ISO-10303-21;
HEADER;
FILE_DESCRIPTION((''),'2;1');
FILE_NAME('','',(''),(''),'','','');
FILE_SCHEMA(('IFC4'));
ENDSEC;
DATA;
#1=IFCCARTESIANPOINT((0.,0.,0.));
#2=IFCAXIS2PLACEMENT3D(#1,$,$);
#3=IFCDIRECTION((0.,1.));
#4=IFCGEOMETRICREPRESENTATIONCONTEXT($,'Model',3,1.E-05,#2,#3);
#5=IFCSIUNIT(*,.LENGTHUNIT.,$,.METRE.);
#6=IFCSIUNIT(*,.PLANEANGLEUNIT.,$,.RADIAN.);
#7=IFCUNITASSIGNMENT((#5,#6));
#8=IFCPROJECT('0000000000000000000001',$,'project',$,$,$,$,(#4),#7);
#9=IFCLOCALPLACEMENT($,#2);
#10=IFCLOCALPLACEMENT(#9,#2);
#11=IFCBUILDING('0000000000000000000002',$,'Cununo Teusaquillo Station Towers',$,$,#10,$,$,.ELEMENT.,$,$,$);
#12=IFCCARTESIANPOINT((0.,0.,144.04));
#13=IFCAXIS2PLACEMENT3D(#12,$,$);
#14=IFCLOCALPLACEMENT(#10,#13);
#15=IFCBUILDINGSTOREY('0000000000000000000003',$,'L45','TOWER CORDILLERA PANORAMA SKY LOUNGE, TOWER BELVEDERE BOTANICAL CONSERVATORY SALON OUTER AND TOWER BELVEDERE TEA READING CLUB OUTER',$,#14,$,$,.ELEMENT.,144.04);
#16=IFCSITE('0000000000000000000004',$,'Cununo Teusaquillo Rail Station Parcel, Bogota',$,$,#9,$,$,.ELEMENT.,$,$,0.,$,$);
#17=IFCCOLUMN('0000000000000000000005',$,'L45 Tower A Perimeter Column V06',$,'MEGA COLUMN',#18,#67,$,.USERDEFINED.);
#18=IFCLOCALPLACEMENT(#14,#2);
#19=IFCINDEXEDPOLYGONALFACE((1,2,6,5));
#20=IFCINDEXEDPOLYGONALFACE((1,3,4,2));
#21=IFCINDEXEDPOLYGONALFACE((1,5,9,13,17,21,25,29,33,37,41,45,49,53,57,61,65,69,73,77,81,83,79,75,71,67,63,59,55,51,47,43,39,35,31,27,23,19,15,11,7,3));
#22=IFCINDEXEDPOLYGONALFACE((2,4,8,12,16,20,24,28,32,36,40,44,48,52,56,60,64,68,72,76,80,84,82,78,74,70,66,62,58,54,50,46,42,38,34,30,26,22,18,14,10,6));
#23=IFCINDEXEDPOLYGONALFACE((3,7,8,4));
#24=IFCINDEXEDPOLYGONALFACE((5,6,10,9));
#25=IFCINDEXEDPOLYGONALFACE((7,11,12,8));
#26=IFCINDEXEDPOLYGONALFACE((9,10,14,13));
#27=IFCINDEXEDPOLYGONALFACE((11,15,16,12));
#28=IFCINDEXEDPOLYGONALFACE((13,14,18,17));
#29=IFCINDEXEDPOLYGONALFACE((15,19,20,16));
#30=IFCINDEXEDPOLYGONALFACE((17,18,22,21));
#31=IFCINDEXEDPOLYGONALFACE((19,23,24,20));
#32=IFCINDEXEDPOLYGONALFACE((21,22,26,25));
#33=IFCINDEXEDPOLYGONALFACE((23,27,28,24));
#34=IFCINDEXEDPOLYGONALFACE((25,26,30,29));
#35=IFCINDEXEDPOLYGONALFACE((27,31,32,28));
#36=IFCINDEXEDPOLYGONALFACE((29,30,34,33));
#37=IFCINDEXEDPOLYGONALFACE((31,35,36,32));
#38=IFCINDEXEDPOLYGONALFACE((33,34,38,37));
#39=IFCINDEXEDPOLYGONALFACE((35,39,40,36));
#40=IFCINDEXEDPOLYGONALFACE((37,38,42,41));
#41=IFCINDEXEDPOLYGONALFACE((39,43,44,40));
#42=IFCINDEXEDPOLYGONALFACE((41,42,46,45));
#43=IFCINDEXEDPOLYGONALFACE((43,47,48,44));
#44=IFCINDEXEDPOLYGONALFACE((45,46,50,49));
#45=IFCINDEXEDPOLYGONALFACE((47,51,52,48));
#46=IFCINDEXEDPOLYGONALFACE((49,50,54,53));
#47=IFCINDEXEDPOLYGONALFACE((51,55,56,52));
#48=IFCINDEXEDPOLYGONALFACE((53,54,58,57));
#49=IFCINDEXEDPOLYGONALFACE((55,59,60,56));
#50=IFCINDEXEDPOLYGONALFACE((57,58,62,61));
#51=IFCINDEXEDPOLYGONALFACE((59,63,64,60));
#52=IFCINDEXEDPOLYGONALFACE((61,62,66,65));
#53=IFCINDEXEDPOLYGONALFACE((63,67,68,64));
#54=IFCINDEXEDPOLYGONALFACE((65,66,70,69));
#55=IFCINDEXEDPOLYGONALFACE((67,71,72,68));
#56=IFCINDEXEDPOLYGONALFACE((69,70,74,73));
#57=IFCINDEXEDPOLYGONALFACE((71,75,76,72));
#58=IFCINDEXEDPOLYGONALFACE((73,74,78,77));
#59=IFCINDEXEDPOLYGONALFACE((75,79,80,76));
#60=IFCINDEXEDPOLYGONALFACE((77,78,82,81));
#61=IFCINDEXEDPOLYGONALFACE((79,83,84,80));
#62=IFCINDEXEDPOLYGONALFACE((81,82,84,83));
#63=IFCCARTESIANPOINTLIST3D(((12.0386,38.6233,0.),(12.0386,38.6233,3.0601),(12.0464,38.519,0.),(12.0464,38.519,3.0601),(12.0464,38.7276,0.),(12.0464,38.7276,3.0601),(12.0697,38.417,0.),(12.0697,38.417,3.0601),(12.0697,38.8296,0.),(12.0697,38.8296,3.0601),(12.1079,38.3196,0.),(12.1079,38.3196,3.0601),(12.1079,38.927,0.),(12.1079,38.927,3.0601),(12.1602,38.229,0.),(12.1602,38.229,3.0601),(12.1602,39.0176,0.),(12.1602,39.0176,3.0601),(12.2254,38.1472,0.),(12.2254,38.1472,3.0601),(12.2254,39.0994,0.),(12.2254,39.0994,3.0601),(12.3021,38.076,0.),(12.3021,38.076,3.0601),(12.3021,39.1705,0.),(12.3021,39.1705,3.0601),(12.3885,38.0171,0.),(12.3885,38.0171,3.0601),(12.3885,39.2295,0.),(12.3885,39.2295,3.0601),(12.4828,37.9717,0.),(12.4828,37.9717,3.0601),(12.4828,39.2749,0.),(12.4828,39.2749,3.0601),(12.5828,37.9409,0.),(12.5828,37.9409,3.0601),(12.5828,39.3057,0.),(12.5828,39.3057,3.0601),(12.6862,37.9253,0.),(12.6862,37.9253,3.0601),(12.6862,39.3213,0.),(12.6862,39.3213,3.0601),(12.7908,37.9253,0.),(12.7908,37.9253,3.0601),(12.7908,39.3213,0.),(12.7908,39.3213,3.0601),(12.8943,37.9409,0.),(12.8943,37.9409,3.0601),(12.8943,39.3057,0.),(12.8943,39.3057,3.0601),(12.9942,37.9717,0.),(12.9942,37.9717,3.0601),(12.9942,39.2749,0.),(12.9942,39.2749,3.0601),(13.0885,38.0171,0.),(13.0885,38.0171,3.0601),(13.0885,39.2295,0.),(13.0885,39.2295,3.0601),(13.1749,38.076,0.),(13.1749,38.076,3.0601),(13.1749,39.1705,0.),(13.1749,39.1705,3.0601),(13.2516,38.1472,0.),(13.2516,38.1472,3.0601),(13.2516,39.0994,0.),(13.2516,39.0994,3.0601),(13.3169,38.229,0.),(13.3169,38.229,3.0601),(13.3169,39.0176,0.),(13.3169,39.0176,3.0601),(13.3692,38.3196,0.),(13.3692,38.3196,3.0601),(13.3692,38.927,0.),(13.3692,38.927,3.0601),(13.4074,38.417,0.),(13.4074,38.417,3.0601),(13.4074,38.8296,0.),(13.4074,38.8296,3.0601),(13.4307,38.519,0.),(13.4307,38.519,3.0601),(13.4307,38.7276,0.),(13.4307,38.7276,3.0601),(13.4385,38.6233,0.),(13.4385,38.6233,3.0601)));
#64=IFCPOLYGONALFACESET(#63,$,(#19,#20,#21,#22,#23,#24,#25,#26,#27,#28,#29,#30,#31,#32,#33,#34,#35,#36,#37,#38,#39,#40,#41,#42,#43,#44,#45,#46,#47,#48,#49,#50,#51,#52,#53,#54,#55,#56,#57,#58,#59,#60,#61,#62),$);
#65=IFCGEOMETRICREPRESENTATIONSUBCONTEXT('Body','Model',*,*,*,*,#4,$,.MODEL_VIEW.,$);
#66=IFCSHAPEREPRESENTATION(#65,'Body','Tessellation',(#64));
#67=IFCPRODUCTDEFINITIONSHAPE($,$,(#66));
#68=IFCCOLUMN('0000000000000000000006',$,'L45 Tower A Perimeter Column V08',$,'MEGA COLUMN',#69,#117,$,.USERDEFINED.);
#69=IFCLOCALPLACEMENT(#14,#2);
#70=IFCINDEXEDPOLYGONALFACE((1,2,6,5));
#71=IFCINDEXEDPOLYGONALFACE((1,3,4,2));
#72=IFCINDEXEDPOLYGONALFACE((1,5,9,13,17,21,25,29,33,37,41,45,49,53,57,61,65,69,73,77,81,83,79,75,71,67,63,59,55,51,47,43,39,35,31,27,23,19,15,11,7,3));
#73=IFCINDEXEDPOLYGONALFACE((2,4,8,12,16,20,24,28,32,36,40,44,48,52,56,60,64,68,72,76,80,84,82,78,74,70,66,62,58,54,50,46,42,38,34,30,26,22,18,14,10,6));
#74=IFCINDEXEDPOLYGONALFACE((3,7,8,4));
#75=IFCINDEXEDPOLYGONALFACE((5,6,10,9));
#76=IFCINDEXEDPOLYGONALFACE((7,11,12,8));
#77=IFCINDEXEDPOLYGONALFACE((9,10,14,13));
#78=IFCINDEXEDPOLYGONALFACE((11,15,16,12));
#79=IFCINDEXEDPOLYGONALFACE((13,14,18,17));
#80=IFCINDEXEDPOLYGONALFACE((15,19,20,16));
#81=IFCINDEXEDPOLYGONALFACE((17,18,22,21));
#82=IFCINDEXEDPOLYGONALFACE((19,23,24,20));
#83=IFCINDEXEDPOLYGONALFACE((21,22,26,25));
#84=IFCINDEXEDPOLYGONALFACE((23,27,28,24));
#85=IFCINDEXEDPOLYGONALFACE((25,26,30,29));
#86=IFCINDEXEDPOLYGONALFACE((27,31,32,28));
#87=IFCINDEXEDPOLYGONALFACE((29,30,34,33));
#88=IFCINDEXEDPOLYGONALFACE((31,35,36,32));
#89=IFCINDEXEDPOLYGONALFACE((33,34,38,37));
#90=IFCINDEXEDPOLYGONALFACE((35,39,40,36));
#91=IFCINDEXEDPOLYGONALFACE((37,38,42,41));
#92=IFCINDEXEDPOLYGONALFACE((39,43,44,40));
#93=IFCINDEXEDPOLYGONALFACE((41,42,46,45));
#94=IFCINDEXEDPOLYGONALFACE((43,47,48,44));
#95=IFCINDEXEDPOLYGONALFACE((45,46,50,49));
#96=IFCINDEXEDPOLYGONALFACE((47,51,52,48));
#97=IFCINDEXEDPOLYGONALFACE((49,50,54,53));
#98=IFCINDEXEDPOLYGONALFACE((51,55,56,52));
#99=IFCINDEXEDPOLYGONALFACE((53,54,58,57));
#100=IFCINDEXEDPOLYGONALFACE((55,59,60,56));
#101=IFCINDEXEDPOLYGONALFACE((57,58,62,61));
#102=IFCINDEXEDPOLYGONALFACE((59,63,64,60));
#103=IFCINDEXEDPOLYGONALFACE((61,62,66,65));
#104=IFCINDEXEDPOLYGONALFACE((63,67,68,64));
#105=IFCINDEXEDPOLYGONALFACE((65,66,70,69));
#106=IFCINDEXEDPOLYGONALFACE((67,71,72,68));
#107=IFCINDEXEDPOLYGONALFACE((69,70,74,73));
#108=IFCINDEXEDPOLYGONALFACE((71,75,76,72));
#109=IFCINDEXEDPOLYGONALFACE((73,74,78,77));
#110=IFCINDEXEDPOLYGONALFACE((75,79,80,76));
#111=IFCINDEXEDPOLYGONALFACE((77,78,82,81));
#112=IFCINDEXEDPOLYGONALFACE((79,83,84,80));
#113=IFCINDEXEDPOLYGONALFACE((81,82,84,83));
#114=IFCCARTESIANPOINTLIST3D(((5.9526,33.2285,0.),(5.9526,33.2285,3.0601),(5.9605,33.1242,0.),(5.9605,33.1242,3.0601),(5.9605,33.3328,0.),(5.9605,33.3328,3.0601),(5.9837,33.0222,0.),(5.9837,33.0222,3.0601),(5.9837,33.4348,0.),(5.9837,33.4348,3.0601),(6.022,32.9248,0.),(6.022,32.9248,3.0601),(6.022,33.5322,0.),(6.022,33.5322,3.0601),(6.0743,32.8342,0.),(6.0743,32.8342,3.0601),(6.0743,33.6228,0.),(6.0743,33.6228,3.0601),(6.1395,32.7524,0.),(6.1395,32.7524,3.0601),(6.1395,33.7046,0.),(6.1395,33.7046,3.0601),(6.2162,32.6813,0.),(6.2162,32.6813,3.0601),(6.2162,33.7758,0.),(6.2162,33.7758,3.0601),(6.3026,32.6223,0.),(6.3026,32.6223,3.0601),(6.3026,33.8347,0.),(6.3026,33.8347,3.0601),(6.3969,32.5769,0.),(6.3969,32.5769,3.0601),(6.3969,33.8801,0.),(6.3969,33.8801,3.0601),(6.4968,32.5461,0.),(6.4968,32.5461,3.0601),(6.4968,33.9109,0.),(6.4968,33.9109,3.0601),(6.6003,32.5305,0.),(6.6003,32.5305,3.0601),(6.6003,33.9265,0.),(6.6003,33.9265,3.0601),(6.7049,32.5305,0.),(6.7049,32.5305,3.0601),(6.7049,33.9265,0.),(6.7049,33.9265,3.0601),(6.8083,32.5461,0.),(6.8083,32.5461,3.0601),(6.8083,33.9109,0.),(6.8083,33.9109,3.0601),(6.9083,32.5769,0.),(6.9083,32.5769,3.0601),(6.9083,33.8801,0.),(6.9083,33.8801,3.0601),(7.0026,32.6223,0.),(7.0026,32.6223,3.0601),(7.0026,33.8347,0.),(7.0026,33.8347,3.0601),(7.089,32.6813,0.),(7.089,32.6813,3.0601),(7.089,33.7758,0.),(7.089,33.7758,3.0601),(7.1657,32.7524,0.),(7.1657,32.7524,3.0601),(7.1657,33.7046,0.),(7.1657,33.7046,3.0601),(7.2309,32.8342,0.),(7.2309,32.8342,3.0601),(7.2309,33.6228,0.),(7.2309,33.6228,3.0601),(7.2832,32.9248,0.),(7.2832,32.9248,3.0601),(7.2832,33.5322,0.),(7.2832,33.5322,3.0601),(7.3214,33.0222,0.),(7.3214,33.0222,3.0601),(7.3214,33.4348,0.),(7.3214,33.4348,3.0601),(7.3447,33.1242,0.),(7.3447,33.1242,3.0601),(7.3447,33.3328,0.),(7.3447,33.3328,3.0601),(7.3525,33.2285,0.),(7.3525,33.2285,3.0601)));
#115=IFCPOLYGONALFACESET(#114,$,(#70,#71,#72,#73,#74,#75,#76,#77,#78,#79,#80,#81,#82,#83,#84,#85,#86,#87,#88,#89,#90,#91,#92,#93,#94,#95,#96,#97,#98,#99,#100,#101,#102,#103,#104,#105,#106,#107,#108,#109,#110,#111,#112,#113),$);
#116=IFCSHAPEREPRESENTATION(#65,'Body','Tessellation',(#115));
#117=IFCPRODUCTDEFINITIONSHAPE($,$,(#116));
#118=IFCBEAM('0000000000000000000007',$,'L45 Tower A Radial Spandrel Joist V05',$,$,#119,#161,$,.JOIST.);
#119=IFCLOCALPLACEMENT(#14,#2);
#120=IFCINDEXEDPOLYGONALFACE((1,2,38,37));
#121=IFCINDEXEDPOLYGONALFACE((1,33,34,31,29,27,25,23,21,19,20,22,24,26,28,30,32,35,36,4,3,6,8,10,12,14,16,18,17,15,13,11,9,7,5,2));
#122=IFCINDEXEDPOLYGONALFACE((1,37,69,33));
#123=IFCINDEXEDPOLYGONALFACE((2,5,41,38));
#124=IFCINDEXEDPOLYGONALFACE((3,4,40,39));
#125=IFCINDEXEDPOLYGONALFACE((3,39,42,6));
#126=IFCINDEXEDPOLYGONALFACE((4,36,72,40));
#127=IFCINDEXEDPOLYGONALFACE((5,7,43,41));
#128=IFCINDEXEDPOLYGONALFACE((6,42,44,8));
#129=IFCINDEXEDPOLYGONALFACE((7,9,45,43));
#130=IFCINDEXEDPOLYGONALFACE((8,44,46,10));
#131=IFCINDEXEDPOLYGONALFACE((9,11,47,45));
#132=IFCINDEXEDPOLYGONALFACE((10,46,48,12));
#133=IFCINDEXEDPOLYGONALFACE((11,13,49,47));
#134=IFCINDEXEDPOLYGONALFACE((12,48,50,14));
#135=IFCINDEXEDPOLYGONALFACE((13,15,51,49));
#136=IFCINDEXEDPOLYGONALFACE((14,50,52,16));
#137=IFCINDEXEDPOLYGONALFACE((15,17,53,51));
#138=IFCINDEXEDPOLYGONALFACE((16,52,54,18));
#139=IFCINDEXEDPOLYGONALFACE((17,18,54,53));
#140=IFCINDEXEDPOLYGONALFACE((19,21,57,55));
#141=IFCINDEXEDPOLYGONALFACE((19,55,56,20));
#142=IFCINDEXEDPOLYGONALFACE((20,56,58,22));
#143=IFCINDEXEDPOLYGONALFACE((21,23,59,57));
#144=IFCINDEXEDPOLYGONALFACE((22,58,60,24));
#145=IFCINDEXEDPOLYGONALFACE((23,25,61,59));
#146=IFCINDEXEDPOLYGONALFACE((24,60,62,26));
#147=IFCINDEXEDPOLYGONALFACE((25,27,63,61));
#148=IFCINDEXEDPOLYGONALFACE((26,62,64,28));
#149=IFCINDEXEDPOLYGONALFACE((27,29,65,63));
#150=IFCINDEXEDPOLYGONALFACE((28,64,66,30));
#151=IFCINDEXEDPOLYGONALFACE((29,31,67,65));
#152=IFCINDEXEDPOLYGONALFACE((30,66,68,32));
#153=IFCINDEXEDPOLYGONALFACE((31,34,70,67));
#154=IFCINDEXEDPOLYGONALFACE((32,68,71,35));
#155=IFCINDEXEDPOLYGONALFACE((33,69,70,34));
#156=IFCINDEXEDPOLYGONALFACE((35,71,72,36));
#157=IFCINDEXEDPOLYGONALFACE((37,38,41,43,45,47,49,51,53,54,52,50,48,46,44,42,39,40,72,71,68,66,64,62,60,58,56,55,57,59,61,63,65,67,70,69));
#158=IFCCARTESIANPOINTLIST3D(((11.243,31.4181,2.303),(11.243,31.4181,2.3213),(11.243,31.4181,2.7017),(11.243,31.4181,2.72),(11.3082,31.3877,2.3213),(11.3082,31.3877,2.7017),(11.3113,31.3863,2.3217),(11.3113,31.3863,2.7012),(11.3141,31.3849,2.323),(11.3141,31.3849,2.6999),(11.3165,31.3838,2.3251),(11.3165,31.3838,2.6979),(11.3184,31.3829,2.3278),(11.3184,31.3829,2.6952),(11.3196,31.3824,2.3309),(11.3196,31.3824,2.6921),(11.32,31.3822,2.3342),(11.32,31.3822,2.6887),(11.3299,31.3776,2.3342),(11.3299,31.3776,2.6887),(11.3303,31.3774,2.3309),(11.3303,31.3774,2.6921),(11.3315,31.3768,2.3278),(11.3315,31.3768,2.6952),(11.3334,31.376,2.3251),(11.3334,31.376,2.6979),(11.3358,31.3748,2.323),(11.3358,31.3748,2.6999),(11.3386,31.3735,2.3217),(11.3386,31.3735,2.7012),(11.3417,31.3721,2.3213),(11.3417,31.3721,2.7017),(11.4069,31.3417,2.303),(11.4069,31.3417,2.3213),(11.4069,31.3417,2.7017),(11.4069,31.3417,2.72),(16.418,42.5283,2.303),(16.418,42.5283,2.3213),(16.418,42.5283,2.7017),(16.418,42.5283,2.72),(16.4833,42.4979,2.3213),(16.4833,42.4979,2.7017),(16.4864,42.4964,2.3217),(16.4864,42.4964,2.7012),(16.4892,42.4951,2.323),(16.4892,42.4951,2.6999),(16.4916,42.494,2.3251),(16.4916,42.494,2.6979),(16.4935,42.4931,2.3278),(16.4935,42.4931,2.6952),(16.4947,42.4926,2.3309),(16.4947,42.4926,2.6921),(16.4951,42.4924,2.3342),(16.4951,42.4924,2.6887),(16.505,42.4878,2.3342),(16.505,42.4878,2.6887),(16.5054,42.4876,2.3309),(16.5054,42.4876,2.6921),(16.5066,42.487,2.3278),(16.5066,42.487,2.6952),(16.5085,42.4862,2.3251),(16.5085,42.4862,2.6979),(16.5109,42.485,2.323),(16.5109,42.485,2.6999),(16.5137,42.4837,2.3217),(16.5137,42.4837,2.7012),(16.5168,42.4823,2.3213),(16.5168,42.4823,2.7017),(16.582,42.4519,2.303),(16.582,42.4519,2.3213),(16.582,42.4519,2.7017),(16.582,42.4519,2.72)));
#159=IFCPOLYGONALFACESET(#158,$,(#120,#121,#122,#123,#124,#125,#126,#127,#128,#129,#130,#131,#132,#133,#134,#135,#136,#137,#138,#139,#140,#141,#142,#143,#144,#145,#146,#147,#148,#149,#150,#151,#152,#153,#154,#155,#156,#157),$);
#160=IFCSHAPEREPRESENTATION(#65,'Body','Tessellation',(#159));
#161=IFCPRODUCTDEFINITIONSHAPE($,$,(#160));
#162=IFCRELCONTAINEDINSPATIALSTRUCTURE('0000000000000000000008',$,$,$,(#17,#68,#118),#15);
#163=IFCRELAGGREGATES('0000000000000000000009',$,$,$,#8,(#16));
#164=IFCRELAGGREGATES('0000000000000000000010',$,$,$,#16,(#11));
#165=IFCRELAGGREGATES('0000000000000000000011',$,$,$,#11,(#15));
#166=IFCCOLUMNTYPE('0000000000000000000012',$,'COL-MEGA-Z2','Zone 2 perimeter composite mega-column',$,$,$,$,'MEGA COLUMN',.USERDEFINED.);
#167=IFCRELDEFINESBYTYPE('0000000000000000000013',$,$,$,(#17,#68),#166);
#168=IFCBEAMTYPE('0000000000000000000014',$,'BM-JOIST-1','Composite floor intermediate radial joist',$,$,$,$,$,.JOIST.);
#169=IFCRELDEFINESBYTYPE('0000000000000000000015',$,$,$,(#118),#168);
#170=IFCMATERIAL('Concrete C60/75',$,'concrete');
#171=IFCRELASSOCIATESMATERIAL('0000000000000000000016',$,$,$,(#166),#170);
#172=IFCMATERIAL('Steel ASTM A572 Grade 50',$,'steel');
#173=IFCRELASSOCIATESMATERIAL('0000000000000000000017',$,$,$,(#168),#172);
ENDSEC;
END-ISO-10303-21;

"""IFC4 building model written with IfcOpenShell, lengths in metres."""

from ifc_helpers import new_model, si_unit, direction, frame, origin, origin_2d, place, context, subcontext, project, spatial, circle, i_section, extrude, material, material_profile, profile_set, type_object, element, save


model = new_model("IFC4")

# Units and contexts
model_context = context("Model", 3, precision=1e-05, world=origin(), true_north=direction((0.0, 1.0)))
body_context = subcontext(model_context, "Body", "Model", "MODEL_VIEW")
ifc_project = project(units=[si_unit("LENGTHUNIT", "METRE"), si_unit("PLANEANGLEUNIT", "RADIAN")], contexts=[model_context])

# Site, building, storey
site_placement = place(None, origin())
site = spatial("IfcSite", under=ifc_project, at=site_placement, Name="Cununo Teusaquillo Rail Station Parcel, Bogota", CompositionType="ELEMENT", RefElevation=0.0)
building_placement = place(site_placement, origin())
building = spatial("IfcBuilding", under=site, at=building_placement, Name="Cununo Teusaquillo Station Towers", CompositionType="ELEMENT")
storey_placement = place(building_placement, frame((0.0, 0.0, 144.04)))
storey = spatial("IfcBuildingStorey", under=building, at=storey_placement, Name="L45", Description="TOWER CORDILLERA PANORAMA SKY LOUNGE, TOWER BELVEDERE BOTANICAL CONSERVATORY SALON OUTER AND TOWER BELVEDERE TEA READING CLUB OUTER", CompositionType="ELEMENT", Elevation=144.04)

# Columns
ifc_material_1 = material(Name="Concrete C60/75", Category="concrete")
ifc_material_profile_1 = material_profile(ifc_material_1, circle(Radius=0.7, at=origin_2d()), Name="RC-CIRC-1400")
ifc_profile_set_1 = profile_set([ifc_material_profile_1], Name="Concrete C60/75")
column_type = type_object("IfcColumnType", Name="COL-MEGA-Z2", Description="Zone 2 perimeter composite mega-column", ElementType="MEGA COLUMN", PredefinedType="USERDEFINED", material=ifc_profile_set_1)
for number, where, z_axis, x_axis, name in (
    (1, (12.7385, 38.6233, 0.0), (0.0, 0.0, 1.0), (1.0, 0.0, 0.0), "L45 Tower A Perimeter Column V06"),
    (2, (6.6526, 33.2285, 0.0), (0.0, 0.0, 1.0), (1.0, 0.0, 0.0), "L45 Tower A Perimeter Column V08"),
):
    element("IfcColumn", number, at=place(storey_placement, frame(where, z_axis=z_axis, x_axis=x_axis)), inside=storey, type_object=column_type, Name=name, ObjectType="MEGA COLUMN", PredefinedType="USERDEFINED", context=body_context, shape_type="SweptSolid", body=[
        extrude(circle(Radius=0.7, at=origin_2d()), origin(), (0.0, 0.0, 1.0), 3.0601),
    ])

# Beam
ifc_material_2 = material(Name="Steel ASTM A572 Grade 50", Category="steel")
ifc_material_profile_2 = material_profile(ifc_material_2, i_section(OverallWidth=0.1809, OverallDepth=0.417, WebThickness=0.011, FlangeThickness=0.0183, FilletRadius=0.0129, at=origin_2d()), Name="W16X57")
ifc_profile_set_2 = profile_set([ifc_material_profile_2], Name="Steel ASTM A572 Grade 50")
beam_type_1 = type_object("IfcBeamType", Name="BM-JOIST-1", Description="Composite floor intermediate radial joist", PredefinedType="JOIST", material=ifc_profile_set_2)
beam_1_placement = place(storey_placement, frame((11.325, 31.3799, 2.5115), z_axis=(0.422238, 0.906485, 0.0), x_axis=(-0.906485, 0.422238, 0.0)))
element("IfcBeam", 3, at=beam_1_placement, inside=storey, type_object=beam_type_1, Name="L45 Tower A Radial Spandrel Joist V05", PredefinedType="JOIST", context=body_context, shape_type="SweptSolid", body=[
    extrude(i_section(OverallWidth=0.1809, OverallDepth=0.417, WebThickness=0.011, FlangeThickness=0.0183, FilletRadius=0.0129, at=origin_2d()), origin(), (0.0, 0.0, 1.0), 12.2563),
])

save(model, "model.ifc")
